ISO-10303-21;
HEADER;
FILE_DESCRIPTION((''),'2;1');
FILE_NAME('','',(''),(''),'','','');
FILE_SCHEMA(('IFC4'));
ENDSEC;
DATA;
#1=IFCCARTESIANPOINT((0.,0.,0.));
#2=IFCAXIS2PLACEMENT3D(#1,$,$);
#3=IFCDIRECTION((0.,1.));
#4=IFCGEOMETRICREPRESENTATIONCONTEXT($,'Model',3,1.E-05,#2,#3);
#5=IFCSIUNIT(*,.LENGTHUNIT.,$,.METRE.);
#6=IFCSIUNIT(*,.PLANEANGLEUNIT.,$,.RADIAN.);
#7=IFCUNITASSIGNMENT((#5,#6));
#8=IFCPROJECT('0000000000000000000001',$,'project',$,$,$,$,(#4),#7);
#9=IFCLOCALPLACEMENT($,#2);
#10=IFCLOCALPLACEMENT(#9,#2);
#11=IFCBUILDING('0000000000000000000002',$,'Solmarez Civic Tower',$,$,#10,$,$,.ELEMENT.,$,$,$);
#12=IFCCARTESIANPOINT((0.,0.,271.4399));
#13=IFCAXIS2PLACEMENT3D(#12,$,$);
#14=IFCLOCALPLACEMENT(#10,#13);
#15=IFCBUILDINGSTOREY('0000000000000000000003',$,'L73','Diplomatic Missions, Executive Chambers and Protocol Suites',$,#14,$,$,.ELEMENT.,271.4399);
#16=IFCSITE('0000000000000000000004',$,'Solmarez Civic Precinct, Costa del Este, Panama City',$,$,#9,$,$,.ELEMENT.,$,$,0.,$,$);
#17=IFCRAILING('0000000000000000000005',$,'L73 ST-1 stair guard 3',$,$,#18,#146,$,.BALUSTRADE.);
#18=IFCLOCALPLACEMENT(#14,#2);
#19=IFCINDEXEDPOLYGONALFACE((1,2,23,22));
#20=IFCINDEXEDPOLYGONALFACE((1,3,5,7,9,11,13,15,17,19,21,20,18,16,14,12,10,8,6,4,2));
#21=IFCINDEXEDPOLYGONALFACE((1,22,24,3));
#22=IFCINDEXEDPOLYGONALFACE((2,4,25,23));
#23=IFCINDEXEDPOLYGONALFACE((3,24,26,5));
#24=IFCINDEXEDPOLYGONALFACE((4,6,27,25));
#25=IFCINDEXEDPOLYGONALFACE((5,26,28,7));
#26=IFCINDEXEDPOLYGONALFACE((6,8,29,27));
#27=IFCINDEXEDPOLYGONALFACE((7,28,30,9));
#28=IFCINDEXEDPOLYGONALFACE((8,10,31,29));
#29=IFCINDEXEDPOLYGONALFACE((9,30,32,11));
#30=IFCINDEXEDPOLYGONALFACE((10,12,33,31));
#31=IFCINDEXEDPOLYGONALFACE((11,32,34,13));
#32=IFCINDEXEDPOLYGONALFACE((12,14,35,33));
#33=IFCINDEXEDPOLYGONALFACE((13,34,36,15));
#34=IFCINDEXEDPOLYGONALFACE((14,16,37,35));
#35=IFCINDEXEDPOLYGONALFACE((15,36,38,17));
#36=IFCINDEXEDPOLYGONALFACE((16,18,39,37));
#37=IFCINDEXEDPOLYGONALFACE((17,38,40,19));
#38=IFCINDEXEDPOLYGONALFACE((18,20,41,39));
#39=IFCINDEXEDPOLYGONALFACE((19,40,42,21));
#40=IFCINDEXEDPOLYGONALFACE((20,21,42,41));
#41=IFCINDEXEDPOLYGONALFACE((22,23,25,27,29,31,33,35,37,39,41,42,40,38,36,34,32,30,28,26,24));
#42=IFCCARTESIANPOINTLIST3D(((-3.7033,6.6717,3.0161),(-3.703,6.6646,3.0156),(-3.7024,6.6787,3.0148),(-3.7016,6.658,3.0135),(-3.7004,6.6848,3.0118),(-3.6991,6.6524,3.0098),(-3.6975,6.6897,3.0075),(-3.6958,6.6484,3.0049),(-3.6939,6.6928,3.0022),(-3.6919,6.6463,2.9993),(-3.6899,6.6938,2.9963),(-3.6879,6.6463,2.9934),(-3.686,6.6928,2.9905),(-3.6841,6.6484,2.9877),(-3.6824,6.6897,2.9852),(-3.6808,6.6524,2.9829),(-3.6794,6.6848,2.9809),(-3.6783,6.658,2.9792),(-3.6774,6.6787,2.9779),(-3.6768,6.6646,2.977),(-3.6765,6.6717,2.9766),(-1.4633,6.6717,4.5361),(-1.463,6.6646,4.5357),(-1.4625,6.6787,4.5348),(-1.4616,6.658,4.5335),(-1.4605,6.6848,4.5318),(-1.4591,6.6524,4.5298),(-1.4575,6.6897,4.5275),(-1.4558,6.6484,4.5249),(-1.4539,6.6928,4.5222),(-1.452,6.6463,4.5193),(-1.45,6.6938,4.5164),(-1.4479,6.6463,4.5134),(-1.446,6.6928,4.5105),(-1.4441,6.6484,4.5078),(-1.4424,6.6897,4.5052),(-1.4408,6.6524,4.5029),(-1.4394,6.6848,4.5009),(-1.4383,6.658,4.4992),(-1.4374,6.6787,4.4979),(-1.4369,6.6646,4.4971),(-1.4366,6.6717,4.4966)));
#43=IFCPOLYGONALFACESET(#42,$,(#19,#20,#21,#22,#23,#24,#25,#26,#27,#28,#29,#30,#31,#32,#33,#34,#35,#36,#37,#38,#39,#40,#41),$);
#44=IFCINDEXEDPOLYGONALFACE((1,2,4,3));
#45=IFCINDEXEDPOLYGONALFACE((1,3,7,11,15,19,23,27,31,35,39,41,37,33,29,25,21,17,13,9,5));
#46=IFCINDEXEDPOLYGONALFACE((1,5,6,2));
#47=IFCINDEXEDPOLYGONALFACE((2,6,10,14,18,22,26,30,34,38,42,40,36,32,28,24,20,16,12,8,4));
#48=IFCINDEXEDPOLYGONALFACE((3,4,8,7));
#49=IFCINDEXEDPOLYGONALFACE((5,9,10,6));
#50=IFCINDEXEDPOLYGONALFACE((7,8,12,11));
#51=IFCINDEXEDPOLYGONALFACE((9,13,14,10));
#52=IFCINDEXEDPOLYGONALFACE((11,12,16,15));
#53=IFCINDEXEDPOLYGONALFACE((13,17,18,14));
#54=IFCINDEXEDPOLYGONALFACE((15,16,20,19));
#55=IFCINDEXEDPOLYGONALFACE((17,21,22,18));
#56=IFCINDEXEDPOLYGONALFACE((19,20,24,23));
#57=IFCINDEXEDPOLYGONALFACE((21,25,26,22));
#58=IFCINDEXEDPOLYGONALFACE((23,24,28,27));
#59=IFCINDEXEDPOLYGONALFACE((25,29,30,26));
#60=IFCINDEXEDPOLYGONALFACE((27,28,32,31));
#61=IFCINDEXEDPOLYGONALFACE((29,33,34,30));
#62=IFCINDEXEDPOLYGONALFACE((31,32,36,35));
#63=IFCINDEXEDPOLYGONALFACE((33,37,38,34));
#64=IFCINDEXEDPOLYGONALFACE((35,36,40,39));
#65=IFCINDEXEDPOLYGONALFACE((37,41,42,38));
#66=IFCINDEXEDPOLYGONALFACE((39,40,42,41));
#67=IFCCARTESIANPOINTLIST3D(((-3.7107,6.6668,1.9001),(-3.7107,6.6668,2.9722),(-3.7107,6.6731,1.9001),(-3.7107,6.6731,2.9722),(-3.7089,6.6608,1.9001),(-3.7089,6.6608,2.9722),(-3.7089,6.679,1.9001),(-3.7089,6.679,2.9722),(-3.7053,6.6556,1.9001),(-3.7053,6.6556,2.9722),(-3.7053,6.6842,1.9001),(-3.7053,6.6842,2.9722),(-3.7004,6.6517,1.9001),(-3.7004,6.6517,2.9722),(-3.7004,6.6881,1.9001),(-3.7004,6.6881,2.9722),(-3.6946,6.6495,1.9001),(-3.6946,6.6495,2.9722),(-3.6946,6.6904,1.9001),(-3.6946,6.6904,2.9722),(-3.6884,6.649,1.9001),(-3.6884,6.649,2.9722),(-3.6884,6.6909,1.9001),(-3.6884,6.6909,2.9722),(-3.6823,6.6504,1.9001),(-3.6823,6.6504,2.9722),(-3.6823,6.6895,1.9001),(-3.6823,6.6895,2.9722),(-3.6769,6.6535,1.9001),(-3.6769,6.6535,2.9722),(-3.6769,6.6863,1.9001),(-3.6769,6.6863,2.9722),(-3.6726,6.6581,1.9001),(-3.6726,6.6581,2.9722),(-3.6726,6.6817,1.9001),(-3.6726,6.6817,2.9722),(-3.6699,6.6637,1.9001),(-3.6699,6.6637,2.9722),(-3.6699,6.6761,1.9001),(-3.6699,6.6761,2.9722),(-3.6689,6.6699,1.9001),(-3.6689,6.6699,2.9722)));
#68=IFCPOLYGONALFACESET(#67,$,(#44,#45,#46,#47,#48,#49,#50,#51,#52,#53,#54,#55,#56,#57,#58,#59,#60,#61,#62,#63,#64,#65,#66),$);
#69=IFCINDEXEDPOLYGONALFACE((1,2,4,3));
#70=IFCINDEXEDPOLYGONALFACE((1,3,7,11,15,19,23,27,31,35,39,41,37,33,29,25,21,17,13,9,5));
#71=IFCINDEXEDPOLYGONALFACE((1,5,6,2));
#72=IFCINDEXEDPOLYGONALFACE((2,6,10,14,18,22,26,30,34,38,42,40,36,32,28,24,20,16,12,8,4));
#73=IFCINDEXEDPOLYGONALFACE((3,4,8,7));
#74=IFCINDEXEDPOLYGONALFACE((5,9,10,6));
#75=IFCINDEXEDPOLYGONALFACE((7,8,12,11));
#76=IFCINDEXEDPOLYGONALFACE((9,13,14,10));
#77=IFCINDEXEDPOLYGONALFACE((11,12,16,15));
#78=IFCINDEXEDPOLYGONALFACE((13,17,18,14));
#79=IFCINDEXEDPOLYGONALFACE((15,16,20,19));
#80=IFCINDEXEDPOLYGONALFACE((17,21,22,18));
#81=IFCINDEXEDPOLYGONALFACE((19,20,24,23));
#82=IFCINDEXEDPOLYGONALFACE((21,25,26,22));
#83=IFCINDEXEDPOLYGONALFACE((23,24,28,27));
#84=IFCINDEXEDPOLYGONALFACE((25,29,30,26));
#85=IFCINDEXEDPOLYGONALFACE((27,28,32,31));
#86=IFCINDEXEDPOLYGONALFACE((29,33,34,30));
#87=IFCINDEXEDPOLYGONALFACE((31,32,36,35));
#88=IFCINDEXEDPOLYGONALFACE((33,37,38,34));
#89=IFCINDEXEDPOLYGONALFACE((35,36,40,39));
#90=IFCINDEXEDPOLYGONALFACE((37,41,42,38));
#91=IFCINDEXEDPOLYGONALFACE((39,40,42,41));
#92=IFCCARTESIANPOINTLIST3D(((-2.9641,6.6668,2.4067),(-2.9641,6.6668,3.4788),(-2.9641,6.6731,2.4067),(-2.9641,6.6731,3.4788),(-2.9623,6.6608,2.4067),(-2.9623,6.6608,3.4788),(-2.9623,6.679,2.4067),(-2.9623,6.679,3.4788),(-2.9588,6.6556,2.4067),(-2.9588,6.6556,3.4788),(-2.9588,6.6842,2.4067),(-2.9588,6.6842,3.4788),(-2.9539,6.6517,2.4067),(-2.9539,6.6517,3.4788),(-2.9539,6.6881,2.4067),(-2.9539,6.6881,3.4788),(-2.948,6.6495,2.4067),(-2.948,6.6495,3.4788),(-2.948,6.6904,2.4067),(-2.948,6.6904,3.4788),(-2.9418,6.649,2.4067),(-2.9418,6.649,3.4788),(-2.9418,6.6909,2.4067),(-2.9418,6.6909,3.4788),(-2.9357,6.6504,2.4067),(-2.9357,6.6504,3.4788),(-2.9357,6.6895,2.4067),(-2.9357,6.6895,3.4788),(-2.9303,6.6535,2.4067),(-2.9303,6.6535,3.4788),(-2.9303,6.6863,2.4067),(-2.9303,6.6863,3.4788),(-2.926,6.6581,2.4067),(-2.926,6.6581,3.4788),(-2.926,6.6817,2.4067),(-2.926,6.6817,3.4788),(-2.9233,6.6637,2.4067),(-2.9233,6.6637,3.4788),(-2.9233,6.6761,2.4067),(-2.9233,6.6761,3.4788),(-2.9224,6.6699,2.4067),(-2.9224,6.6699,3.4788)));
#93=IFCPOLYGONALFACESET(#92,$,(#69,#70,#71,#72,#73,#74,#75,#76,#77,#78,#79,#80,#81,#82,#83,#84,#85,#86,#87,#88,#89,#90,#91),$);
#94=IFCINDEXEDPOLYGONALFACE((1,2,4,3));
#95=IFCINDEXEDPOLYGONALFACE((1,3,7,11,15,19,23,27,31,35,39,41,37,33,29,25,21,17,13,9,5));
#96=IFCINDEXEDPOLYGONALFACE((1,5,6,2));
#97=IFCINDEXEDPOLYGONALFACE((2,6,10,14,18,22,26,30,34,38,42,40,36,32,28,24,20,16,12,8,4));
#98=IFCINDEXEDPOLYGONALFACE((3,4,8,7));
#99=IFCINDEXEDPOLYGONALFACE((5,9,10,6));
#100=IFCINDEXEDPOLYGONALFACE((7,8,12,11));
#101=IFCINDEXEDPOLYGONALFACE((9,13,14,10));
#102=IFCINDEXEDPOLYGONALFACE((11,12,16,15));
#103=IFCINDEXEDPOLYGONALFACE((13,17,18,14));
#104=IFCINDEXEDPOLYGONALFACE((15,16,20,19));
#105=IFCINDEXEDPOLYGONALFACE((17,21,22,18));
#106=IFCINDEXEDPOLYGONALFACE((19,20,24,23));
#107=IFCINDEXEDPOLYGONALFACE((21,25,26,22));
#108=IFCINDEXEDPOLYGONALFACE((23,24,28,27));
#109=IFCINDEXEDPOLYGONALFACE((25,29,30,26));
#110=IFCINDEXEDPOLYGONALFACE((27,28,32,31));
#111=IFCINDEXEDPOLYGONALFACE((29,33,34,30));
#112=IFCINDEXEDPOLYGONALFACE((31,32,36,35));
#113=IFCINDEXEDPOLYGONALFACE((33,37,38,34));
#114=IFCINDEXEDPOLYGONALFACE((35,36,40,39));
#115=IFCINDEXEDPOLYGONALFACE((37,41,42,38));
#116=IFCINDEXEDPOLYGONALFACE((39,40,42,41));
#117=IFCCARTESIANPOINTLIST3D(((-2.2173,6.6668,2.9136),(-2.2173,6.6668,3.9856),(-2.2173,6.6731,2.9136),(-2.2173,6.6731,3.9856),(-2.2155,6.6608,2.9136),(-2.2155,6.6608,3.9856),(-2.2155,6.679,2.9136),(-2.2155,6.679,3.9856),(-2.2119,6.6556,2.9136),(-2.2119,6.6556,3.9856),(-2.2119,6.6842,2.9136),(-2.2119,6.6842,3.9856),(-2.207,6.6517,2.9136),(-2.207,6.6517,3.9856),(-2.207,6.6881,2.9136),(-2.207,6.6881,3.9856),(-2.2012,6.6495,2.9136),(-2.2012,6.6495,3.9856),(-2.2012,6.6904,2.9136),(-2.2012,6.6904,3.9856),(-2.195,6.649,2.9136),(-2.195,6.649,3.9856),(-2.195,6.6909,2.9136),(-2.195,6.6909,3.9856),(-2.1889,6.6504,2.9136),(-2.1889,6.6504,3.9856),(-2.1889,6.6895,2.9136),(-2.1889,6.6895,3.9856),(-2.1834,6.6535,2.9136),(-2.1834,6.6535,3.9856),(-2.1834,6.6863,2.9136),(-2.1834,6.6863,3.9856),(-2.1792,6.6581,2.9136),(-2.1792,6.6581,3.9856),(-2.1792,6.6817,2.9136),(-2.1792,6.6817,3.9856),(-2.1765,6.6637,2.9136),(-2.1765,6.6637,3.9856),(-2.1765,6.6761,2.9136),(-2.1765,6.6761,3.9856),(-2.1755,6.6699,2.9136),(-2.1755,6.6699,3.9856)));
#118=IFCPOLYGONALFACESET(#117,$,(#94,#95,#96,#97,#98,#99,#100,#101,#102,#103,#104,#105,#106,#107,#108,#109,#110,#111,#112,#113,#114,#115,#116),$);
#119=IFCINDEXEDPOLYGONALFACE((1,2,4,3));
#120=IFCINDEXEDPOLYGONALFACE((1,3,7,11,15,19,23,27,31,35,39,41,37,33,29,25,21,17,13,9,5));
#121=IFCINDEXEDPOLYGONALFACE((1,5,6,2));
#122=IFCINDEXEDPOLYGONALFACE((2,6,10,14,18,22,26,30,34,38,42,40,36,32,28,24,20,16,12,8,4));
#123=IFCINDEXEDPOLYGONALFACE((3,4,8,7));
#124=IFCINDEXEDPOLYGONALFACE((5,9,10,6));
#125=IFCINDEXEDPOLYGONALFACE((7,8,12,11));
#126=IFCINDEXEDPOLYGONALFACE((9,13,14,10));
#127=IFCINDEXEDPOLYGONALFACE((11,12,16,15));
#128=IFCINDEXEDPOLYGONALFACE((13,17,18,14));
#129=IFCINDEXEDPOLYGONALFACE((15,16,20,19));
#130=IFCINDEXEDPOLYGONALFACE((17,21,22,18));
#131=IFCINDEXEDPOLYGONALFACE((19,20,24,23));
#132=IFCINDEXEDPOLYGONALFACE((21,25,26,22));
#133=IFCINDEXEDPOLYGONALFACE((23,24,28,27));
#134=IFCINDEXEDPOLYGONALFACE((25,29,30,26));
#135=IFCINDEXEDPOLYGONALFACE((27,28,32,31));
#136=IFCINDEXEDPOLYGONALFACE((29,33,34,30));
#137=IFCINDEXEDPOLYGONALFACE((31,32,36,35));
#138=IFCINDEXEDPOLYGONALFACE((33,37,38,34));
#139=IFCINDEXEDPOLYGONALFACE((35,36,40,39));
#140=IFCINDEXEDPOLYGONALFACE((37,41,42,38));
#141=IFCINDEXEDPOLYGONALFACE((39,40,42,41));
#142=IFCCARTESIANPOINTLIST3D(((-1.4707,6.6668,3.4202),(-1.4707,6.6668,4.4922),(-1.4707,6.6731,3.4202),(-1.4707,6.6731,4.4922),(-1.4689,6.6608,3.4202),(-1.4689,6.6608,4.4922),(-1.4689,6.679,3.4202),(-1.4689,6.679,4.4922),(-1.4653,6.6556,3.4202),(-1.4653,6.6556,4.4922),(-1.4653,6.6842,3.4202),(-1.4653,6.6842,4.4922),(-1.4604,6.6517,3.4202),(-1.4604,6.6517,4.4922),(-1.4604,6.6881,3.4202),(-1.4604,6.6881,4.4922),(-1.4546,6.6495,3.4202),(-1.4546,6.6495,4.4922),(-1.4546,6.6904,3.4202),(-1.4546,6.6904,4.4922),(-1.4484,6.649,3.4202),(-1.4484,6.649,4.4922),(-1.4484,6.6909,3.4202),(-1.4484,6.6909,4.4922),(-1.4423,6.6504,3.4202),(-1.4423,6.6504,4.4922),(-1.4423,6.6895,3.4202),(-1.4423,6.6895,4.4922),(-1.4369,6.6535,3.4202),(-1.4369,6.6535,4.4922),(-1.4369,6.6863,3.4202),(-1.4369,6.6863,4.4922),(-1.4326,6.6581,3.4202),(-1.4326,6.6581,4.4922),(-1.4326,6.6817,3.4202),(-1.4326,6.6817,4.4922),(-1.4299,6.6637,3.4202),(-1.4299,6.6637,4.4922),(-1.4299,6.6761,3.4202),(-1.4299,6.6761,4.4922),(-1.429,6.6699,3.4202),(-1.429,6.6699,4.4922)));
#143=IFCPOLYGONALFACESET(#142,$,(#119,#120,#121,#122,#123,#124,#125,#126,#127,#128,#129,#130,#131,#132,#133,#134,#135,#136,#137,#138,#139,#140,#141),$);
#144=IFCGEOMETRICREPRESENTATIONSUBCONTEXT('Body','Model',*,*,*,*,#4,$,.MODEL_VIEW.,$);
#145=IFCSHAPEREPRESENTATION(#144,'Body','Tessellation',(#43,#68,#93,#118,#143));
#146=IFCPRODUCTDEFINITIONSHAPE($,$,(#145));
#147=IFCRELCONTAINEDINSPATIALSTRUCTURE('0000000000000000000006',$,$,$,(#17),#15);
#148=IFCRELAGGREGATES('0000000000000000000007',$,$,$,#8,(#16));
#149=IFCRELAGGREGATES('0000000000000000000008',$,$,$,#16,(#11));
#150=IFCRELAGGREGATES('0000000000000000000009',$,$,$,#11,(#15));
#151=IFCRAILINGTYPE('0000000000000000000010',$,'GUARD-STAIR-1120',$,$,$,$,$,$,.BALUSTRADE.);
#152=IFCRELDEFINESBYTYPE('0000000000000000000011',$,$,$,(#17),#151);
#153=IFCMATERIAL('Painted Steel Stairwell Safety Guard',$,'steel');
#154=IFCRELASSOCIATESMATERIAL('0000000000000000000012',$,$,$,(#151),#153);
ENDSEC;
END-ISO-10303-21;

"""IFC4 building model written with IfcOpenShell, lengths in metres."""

from ifc_helpers import new_model, si_unit, direction, frame, origin, origin_2d, place, context, subcontext, project, spatial, circle, extrude, material, type_object, element, save


model = new_model("IFC4")

# Units and contexts
model_context = context("Model", 3, precision=1e-05, world=origin(), true_north=direction((0.0, 1.0)))
body_context = subcontext(model_context, "Body", "Model", "MODEL_VIEW")
ifc_project = project(units=[si_unit("LENGTHUNIT", "METRE"), si_unit("PLANEANGLEUNIT", "RADIAN")], contexts=[model_context])

# Site, building, storey
site_placement = place(None, origin())
site = spatial("IfcSite", under=ifc_project, at=site_placement, Name="Solmarez Civic Precinct, Costa del Este, Panama City", CompositionType="ELEMENT", RefElevation=0.0)
building_placement = place(site_placement, origin())
building = spatial("IfcBuilding", under=site, at=building_placement, Name="Solmarez Civic Tower", CompositionType="ELEMENT")
storey_placement = place(building_placement, frame((0.0, 0.0, 271.4399)))
storey = spatial("IfcBuildingStorey", under=building, at=storey_placement, Name="L73", Description="Diplomatic Missions, Executive Chambers and Protocol Suites", CompositionType="ELEMENT", Elevation=271.4399)

# Railing
ifc_material_1 = material(Name="Painted Steel Stairwell Safety Guard", Category="steel")
railing_type_1 = type_object("IfcRailingType", Name="GUARD-STAIR-1120", PredefinedType="BALUSTRADE", material=ifc_material_1)
railing_1_placement = place(storey_placement, frame((-3.6899, 6.6699, 1.9001)))
element("IfcRailing", 1, at=railing_1_placement, inside=storey, type_object=railing_type_1, Name="L73 ST-1 stair guard 3", PredefinedType="BALUSTRADE", context=body_context, shape_type="SweptSolid", body=[
    extrude(circle(Radius=0.0239, at=origin_2d()), frame((0.0, 0.0, 1.0962), z_axis=(0.827471, 0.0, 0.561508), x_axis=(0.0, 1.0, 0.0)), (0.0, 0.0, 1.0), 2.707),
    extrude(circle(Radius=0.021, at=origin_2d()), origin(), (0.0, 0.0, 1.0), 1.072),
    extrude(circle(Radius=0.021, at=origin_2d()), frame((0.7466, 0.0, 0.5066)), (0.0, 0.0, 1.0), 1.072),
    extrude(circle(Radius=0.021, at=origin_2d()), frame((1.4934, 0.0, 1.0134)), (0.0, 0.0, 1.0), 1.072),
    extrude(circle(Radius=0.021, at=origin_2d()), frame((2.24, 0.0, 1.52)), (0.0, 0.0, 1.0), 1.072),
])

save(model, "model.ifc")
